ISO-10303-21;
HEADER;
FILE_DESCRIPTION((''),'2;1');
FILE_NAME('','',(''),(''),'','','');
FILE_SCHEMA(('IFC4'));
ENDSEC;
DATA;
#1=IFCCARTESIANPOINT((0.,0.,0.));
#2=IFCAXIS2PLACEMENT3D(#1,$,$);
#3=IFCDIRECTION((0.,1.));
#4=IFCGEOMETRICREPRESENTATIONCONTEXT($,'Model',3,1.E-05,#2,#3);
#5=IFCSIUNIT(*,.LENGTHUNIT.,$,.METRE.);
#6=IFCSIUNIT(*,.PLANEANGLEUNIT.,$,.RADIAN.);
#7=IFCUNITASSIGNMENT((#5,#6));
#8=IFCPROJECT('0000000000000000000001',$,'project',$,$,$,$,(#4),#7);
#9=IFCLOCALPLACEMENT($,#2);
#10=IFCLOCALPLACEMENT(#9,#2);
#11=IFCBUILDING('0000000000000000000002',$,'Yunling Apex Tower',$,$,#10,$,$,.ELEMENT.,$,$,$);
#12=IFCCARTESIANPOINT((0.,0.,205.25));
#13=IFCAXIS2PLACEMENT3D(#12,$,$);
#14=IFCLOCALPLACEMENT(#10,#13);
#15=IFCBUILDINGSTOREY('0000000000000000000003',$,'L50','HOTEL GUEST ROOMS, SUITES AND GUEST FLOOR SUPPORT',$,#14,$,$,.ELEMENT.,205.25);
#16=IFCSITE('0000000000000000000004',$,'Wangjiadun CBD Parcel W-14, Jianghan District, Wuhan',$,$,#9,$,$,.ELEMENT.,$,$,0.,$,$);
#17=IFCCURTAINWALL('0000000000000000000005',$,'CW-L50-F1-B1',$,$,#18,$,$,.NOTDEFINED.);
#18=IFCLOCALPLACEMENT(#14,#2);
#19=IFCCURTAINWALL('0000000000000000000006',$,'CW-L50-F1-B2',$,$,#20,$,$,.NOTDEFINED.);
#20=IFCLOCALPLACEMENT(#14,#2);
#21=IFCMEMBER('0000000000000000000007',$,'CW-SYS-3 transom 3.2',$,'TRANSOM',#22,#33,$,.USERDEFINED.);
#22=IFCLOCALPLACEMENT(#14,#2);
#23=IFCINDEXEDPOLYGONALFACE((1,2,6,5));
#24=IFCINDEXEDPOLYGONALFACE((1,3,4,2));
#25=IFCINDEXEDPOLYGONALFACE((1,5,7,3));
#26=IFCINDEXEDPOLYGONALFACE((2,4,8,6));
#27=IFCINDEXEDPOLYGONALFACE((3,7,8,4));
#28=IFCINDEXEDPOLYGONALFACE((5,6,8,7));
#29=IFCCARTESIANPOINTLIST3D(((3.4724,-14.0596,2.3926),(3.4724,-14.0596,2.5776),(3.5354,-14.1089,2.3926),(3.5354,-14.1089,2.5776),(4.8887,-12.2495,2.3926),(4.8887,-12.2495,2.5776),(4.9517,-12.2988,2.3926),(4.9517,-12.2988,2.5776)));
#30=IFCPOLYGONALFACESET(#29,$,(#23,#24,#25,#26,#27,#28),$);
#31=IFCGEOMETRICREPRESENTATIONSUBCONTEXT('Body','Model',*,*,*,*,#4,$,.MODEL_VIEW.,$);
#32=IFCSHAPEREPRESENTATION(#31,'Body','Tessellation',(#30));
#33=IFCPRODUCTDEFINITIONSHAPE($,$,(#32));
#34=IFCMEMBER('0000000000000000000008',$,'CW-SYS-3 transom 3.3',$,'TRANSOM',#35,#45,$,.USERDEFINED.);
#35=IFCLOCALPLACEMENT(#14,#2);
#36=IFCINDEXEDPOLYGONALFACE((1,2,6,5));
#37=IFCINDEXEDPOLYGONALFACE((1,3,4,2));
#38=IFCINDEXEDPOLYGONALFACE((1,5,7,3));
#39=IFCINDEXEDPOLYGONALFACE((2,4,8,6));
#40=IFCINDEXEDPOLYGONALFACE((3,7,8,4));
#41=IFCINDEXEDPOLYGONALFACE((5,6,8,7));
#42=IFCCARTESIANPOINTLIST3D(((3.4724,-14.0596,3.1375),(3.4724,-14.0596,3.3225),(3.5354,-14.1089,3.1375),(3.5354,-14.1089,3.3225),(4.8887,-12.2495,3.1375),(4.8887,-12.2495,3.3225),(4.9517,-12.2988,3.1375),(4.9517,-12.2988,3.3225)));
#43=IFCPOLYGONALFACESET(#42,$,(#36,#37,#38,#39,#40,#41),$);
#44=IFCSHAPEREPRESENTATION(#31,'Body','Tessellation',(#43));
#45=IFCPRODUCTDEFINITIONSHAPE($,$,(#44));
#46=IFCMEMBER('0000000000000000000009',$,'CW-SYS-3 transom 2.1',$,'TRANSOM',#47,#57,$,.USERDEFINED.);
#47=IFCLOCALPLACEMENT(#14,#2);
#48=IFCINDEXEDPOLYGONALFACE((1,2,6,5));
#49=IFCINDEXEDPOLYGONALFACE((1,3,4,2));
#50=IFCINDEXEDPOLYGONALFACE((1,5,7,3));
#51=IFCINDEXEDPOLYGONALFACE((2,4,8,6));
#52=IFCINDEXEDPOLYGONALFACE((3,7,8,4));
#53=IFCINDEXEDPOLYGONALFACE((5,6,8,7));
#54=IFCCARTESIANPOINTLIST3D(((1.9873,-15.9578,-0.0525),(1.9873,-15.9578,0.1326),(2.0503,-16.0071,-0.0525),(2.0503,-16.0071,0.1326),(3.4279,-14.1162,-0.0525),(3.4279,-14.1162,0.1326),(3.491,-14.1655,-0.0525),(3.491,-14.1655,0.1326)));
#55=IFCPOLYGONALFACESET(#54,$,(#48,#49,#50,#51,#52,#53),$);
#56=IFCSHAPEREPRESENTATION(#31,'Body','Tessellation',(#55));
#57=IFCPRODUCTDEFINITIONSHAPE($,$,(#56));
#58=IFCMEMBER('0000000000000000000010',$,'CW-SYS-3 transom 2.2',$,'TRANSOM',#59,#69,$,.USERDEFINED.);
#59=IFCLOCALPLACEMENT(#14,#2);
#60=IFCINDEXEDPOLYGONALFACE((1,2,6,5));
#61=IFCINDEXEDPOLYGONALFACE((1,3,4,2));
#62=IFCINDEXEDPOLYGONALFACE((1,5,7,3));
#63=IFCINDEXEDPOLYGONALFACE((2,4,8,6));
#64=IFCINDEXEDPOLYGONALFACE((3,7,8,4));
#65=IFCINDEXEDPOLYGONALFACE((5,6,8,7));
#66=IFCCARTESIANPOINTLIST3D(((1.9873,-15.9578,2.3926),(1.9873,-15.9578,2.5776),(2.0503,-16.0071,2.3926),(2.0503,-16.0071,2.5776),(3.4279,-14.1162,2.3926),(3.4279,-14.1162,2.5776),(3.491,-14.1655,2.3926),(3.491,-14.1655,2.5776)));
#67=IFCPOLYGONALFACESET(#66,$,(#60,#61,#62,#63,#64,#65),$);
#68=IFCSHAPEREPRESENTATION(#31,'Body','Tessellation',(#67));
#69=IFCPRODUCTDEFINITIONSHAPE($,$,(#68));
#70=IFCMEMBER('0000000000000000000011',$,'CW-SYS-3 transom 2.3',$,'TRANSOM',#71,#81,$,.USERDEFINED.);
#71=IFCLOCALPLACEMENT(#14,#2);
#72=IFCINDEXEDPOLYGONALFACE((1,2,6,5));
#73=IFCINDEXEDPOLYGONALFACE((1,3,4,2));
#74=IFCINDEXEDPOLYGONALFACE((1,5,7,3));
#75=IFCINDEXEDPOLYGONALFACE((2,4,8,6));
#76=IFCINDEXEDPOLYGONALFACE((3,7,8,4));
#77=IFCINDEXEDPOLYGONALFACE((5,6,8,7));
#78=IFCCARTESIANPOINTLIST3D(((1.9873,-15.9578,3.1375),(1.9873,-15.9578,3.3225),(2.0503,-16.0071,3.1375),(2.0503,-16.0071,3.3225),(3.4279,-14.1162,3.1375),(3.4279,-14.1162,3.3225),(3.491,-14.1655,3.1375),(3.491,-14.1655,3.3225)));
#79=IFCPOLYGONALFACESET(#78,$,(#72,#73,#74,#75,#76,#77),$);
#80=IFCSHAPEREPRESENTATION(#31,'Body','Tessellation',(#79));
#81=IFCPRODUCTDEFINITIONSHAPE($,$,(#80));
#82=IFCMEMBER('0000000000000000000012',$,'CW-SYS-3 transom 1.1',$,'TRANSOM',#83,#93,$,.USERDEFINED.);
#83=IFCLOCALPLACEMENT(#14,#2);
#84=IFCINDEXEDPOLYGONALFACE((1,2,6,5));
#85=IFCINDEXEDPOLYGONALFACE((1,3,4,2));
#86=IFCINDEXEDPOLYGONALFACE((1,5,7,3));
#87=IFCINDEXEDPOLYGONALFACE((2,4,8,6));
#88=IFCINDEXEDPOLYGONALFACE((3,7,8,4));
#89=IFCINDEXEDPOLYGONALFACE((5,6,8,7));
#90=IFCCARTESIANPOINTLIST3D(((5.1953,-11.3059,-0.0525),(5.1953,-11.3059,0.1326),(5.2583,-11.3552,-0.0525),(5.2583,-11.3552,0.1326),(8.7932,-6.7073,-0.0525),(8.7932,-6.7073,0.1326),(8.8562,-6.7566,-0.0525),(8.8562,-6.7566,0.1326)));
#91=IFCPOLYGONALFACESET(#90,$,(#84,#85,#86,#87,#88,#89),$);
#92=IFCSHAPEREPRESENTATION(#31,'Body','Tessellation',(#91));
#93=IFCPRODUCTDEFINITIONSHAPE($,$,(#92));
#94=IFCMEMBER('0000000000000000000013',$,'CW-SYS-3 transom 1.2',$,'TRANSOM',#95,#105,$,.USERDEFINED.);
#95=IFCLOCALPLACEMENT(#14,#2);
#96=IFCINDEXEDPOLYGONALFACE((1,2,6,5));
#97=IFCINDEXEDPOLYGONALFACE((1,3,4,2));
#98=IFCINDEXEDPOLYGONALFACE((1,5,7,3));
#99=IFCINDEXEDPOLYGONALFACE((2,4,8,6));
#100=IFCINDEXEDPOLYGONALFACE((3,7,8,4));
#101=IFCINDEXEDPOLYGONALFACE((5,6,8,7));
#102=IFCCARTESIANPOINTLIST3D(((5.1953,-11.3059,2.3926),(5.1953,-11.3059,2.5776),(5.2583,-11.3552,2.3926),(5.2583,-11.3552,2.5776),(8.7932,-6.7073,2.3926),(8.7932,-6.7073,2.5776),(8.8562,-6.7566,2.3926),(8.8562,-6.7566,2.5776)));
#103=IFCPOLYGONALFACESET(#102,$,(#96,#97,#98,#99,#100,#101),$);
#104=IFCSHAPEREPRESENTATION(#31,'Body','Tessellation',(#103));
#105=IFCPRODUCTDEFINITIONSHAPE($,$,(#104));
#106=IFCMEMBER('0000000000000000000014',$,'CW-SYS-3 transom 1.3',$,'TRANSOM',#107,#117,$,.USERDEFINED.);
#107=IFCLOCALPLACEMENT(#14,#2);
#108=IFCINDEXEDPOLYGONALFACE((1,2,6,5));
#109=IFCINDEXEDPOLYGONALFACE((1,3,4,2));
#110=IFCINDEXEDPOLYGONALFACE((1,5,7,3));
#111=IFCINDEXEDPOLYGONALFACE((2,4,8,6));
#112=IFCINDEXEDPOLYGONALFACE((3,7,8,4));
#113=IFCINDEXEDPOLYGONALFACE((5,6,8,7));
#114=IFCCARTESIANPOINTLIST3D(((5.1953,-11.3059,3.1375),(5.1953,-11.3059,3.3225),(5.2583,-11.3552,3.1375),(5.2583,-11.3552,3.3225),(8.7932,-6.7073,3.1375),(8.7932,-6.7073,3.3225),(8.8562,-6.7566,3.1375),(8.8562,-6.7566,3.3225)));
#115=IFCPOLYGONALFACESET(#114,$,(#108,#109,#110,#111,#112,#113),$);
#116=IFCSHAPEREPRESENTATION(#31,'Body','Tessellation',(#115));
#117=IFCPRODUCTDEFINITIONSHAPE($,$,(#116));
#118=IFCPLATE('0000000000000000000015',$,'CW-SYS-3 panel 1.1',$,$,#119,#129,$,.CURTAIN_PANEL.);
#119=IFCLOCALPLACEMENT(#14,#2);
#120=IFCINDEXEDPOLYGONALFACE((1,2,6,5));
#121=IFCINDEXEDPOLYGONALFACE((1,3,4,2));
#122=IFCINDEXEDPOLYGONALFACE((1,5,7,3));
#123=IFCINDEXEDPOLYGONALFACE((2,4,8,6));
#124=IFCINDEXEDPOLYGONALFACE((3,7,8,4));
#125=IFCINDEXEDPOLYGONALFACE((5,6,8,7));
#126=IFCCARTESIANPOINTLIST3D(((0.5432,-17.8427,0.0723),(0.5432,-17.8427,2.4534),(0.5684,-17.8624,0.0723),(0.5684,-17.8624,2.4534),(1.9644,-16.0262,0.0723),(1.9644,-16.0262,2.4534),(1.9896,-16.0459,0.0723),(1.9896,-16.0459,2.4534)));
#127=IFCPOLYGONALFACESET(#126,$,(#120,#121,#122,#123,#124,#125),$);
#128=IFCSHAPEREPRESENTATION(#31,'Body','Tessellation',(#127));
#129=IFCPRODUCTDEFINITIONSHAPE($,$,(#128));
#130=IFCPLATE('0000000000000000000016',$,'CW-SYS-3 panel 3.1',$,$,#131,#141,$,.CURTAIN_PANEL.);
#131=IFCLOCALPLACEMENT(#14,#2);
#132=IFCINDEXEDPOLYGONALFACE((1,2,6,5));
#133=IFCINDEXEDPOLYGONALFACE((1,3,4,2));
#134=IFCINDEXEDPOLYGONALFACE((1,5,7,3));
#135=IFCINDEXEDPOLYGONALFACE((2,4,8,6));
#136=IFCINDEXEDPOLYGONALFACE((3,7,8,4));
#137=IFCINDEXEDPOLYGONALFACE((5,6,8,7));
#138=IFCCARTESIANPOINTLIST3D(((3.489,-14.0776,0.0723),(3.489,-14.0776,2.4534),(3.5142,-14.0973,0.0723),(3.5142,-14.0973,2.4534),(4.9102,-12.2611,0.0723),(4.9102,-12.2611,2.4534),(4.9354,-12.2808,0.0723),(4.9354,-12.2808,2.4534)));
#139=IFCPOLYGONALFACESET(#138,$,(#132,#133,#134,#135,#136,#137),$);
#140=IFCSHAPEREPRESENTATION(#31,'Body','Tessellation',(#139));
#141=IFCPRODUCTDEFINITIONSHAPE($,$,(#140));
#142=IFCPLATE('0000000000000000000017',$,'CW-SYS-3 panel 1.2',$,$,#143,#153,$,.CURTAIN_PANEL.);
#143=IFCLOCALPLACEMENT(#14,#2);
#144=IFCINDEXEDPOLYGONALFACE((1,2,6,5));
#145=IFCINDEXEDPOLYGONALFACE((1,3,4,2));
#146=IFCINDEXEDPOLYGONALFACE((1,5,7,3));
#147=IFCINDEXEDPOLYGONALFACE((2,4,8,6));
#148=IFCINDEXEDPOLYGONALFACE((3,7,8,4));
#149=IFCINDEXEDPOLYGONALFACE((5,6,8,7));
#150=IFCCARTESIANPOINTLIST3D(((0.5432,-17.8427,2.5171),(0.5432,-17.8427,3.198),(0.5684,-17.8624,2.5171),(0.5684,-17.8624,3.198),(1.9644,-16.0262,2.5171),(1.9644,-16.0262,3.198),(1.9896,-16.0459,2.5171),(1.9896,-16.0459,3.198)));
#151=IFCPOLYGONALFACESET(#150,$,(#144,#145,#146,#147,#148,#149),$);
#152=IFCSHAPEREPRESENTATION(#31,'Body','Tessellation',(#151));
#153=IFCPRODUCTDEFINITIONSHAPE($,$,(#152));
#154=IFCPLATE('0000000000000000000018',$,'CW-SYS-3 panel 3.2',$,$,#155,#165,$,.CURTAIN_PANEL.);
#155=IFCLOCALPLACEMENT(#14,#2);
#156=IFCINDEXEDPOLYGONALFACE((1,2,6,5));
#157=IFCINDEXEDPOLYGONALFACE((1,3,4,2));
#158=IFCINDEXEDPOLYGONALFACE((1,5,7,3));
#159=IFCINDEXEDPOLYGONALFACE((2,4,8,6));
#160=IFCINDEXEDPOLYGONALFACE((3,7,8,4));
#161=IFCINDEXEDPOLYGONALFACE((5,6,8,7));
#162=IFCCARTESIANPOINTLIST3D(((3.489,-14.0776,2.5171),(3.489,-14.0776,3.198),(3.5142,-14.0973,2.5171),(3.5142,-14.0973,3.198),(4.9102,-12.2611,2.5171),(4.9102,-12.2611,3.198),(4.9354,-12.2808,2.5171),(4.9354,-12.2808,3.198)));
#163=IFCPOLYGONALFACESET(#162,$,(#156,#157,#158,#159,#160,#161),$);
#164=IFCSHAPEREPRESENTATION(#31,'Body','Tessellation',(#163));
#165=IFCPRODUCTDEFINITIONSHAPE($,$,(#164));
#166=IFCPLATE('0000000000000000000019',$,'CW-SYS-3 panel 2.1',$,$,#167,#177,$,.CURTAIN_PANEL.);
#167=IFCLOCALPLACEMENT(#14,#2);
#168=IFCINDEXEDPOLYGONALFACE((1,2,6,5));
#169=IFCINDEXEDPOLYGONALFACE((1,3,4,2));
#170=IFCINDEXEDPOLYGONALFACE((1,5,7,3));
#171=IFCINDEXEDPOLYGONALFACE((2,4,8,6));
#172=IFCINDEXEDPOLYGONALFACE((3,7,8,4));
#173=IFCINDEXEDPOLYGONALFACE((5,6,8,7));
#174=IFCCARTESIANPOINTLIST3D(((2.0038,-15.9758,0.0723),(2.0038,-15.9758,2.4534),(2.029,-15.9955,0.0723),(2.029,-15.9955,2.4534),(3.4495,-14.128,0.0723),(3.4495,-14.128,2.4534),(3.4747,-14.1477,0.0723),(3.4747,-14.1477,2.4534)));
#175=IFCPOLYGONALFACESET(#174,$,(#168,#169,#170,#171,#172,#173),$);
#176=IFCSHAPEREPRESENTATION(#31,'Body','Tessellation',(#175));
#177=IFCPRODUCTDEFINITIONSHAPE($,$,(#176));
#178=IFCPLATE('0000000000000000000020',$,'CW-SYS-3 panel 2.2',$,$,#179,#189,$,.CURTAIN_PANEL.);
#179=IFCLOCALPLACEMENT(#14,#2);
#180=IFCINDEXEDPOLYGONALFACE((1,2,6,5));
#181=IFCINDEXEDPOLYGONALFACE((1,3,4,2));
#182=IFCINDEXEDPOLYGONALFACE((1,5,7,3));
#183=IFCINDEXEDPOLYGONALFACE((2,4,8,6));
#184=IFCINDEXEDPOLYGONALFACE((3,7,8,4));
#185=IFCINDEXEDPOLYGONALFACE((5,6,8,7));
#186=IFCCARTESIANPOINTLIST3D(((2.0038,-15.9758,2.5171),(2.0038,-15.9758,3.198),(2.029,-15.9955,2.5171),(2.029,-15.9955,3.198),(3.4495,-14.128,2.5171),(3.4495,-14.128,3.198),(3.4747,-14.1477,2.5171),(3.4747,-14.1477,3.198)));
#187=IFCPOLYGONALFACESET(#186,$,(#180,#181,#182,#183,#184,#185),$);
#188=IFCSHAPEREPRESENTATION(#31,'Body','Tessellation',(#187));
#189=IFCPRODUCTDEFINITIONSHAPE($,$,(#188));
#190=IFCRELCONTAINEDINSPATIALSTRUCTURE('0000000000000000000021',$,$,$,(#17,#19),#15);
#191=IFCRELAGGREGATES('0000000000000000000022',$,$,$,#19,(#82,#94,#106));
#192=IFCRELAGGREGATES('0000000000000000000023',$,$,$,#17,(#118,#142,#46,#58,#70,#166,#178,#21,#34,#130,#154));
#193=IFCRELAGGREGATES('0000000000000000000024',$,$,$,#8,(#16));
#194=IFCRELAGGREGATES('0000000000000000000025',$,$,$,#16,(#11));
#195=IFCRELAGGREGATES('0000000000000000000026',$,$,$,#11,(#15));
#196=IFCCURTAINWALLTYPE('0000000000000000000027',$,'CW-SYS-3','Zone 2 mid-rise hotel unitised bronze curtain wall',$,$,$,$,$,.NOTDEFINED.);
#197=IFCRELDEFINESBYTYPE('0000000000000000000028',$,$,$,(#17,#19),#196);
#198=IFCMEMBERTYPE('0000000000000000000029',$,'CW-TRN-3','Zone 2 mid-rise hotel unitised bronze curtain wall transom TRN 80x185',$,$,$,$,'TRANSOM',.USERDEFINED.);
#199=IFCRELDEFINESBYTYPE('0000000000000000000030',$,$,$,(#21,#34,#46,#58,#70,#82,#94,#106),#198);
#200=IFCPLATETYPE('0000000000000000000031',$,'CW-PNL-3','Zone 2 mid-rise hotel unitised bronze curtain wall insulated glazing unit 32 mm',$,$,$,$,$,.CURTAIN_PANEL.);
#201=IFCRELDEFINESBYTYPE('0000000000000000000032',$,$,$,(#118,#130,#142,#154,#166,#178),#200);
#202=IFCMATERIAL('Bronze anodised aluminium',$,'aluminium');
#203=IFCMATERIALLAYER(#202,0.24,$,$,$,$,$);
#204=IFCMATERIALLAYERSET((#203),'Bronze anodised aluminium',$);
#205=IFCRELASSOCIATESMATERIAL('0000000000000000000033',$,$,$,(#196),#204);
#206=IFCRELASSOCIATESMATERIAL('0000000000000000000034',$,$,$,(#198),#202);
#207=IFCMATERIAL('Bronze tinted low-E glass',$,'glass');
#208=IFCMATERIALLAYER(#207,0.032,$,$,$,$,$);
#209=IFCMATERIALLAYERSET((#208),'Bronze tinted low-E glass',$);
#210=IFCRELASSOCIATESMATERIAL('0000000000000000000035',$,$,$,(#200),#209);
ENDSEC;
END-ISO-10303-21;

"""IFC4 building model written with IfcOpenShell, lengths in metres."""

from ifc_helpers import new_model, si_unit, direction, frame, origin, origin_2d, place, context, subcontext, project, spatial, rectangle, extrude, source, transform, mapped, material, layer, layer_set, material_profile, profile_set, type_object, element, aggregate, save


model = new_model("IFC4")

# Units and contexts
model_context = context("Model", 3, precision=1e-05, world=origin(), true_north=direction((0.0, 1.0)))
body_context = subcontext(model_context, "Body", "Model", "MODEL_VIEW")
ifc_project = project(units=[si_unit("LENGTHUNIT", "METRE"), si_unit("PLANEANGLEUNIT", "RADIAN")], contexts=[model_context])

# Site, building, storey
site_placement = place(None, origin())
site = spatial("IfcSite", under=ifc_project, at=site_placement, Name="Wangjiadun CBD Parcel W-14, Jianghan District, Wuhan", CompositionType="ELEMENT", RefElevation=0.0)
building_placement = place(site_placement, origin())
building = spatial("IfcBuilding", under=site, at=building_placement, Name="Yunling Apex Tower", CompositionType="ELEMENT")
storey_placement = place(building_placement, frame((0.0, 0.0, 205.25)))
storey = spatial("IfcBuildingStorey", under=building, at=storey_placement, Name="L50", Description="HOTEL GUEST ROOMS, SUITES AND GUEST FLOOR SUPPORT", CompositionType="ELEMENT", Elevation=205.25)

# Curtain wall
ifc_material_1 = material(Name="Bronze anodised aluminium", Category="aluminium")
ifc_layer_1 = layer(ifc_material_1, 0.24)
ifc_layer_set_1 = layer_set([ifc_layer_1], Name="Bronze anodised aluminium")
curtain_wall_type = type_object("IfcCurtainWallType", Name="CW-SYS-3", Description="Zone 2 mid-rise hotel unitised bronze curtain wall", PredefinedType="NOTDEFINED", material=ifc_layer_set_1)
curtain_wall_1_placement = place(storey_placement, origin())
curtain_wall_1 = element("IfcCurtainWall", 1, at=curtain_wall_1_placement, inside=storey, type_object=curtain_wall_type, Name="CW-L50-F1-B1", PredefinedType="NOTDEFINED")

# Curtain wall
curtain_wall_2_placement = place(storey_placement, origin())
curtain_wall_2 = element("IfcCurtainWall", 2, at=curtain_wall_2_placement, inside=storey, type_object=curtain_wall_type, Name="CW-L50-F1-B2", PredefinedType="NOTDEFINED")

# Members
ifc_material_profile_1 = material_profile(ifc_material_1, rectangle(XDim=0.0801, YDim=0.1851, at=origin_2d()))
ifc_profile_set_1 = profile_set([ifc_material_profile_1], Name="Bronze anodised aluminium")
member_type_1 = type_object("IfcMemberType", Name="CW-TRN-3", Description="Zone 2 mid-rise hotel unitised bronze curtain wall transom TRN 80x185", ElementType="TRANSOM", PredefinedType="USERDEFINED", material=ifc_profile_set_1)
shared_shape_1 = source(origin(), body_context, "Body", "SweptSolid", [
    extrude(rectangle(XDim=0.0801, YDim=0.1851, at=origin_2d()), origin(), (0.0, 0.0, 1.0), 2.2983),
])
member_1_placement = place(storey_placement, frame((3.5039, -14.0842, 2.4851), z_axis=(0.616225, 0.78757, 0.0), x_axis=(-0.78757, 0.616225, 0.0)))
member_1 = element("IfcMember", 3, at=member_1_placement, type_object=member_type_1, Name="CW-SYS-3 transom 3.2", ObjectType="TRANSOM", PredefinedType="USERDEFINED", context=body_context, shape_type="MappedRepresentation", body=[
    mapped(shared_shape_1, transform((0.0, 0.0, 0.0), scale=1.0)),
])
member_2_placement = place(storey_placement, frame((3.5039, -14.0842, 3.23), z_axis=(0.616225, 0.78757, 0.0), x_axis=(-0.78757, 0.616225, 0.0)))
member_2 = element("IfcMember", 4, at=member_2_placement, type_object=member_type_1, Name="CW-SYS-3 transom 3.3", ObjectType="TRANSOM", PredefinedType="USERDEFINED", context=body_context, shape_type="MappedRepresentation", body=[
    mapped(shared_shape_1, transform((0.0, 0.0, 0.0), scale=1.0)),
])
shared_shape_2 = source(origin(), body_context, "Body", "SweptSolid", [
    extrude(rectangle(XDim=0.0801, YDim=0.1851, at=origin_2d()), origin(), (0.0, 0.0, 1.0), 2.3381),
])
member_3_placement = place(storey_placement, frame((2.0188, -15.9824, 0.04), z_axis=(0.616165, 0.787617, 0.0), x_axis=(-0.787617, 0.616165, 0.0)))
member_3 = element("IfcMember", 5, at=member_3_placement, type_object=member_type_1, Name="CW-SYS-3 transom 2.1", ObjectType="TRANSOM", PredefinedType="USERDEFINED", context=body_context, shape_type="MappedRepresentation", body=[
    mapped(shared_shape_2, transform((0.0, 0.0, 0.0), scale=1.0)),
])
member_4_placement = place(storey_placement, frame((2.0188, -15.9824, 2.4851), z_axis=(0.616165, 0.787617, 0.0), x_axis=(-0.787617, 0.616165, 0.0)))
member_4 = element("IfcMember", 6, at=member_4_placement, type_object=member_type_1, Name="CW-SYS-3 transom 2.2", ObjectType="TRANSOM", PredefinedType="USERDEFINED", context=body_context, shape_type="MappedRepresentation", body=[
    mapped(shared_shape_2, transform((0.0, 0.0, 0.0), scale=1.0)),
])
member_5_placement = place(storey_placement, frame((2.0188, -15.9824, 3.23), z_axis=(0.616165, 0.787617, 0.0), x_axis=(-0.787617, 0.616165, 0.0)))
member_5 = element("IfcMember", 7, at=member_5_placement, type_object=member_type_1, Name="CW-SYS-3 transom 2.3", ObjectType="TRANSOM", PredefinedType="USERDEFINED", context=body_context, shape_type="MappedRepresentation", body=[
    mapped(shared_shape_2, transform((0.0, 0.0, 0.0), scale=1.0)),
])
shared_shape_3 = source(origin(), body_context, "Body", "SweptSolid", [
    extrude(rectangle(XDim=0.0801, YDim=0.1851, at=origin_2d()), origin(), (0.0, 0.0, 1.0), 5.8389),
])
member_6_placement = place(storey_placement, frame((5.2268, -11.3306, 0.04), z_axis=(0.616199, 0.787591, 0.0), x_axis=(-0.787591, 0.616199, 0.0)))
member_6 = element("IfcMember", 8, at=member_6_placement, type_object=member_type_1, Name="CW-SYS-3 transom 1.1", ObjectType="TRANSOM", PredefinedType="USERDEFINED", context=body_context, shape_type="MappedRepresentation", body=[
    mapped(shared_shape_3, transform((0.0, 0.0, 0.0), scale=1.0)),
])
member_7_placement = place(storey_placement, frame((5.2268, -11.3306, 2.4851), z_axis=(0.616199, 0.787591, 0.0), x_axis=(-0.787591, 0.616199, 0.0)))
member_7 = element("IfcMember", 9, at=member_7_placement, type_object=member_type_1, Name="CW-SYS-3 transom 1.2", ObjectType="TRANSOM", PredefinedType="USERDEFINED", context=body_context, shape_type="MappedRepresentation", body=[
    mapped(shared_shape_3, transform((0.0, 0.0, 0.0), scale=1.0)),
])
member_8_placement = place(storey_placement, frame((5.2268, -11.3306, 3.23), z_axis=(0.616199, 0.787591, 0.0), x_axis=(-0.787591, 0.616199, 0.0)))
member_8 = element("IfcMember", 10, at=member_8_placement, type_object=member_type_1, Name="CW-SYS-3 transom 1.3", ObjectType="TRANSOM", PredefinedType="USERDEFINED", context=body_context, shape_type="MappedRepresentation", body=[
    mapped(shared_shape_3, transform((0.0, 0.0, 0.0), scale=1.0)),
])
aggregate(curtain_wall_2, [member_6, member_7, member_8])

# Plates
ifc_material_2 = material(Name="Bronze tinted low-E glass", Category="glass")
ifc_layer_2 = layer(ifc_material_2, 0.032)
ifc_layer_set_2 = layer_set([ifc_layer_2], Name="Bronze tinted low-E glass")
plate_type = type_object("IfcPlateType", Name="CW-PNL-3", Description="Zone 2 mid-rise hotel unitised bronze curtain wall insulated glazing unit 32 mm", PredefinedType="CURTAIN_PANEL", material=ifc_layer_set_2)
shared_shape_4 = source(origin(), body_context, "Body", "SweptSolid", [
    extrude(rectangle(XDim=2.3064, YDim=0.032, at=origin_2d()), origin(), (0.0, 0.0, 1.0), 2.3811),
])
plate_1_placement = place(storey_placement, frame((1.2664, -16.9443, 0.0723), z_axis=(0.0, 0.0, 1.0), x_axis=(0.6162, 0.787589, 0.0)))
plate_1 = element("IfcPlate", 11, at=plate_1_placement, type_object=plate_type, Name="CW-SYS-3 panel 1.1", PredefinedType="CURTAIN_PANEL", context=body_context, shape_type="MappedRepresentation", body=[
    mapped(shared_shape_4, transform((0.0, 0.0, 0.0), scale=1.0)),
])
plate_2_placement = place(storey_placement, frame((4.2122, -13.1792, 0.0723), z_axis=(0.0, 0.0, 1.0), x_axis=(0.6162, 0.787589, 0.0)))
plate_2 = element("IfcPlate", 12, at=plate_2_placement, type_object=plate_type, Name="CW-SYS-3 panel 3.1", PredefinedType="CURTAIN_PANEL", context=body_context, shape_type="MappedRepresentation", body=[
    mapped(shared_shape_4, transform((0.0, 0.0, 0.0), scale=1.0)),
])
shared_shape_5 = source(origin(), body_context, "Body", "SweptSolid", [
    extrude(rectangle(XDim=2.3064, YDim=0.032, at=origin_2d()), origin(), (0.0, 0.0, 1.0), 0.6809),
])
plate_3_placement = place(storey_placement, frame((1.2664, -16.9443, 2.5171), z_axis=(0.0, 0.0, 1.0), x_axis=(0.6162, 0.787589, 0.0)))
plate_3 = element("IfcPlate", 13, at=plate_3_placement, type_object=plate_type, Name="CW-SYS-3 panel 1.2", PredefinedType="CURTAIN_PANEL", context=body_context, shape_type="MappedRepresentation", body=[
    mapped(shared_shape_5, transform((0.0, 0.0, 0.0), scale=1.0)),
])
plate_4_placement = place(storey_placement, frame((4.2122, -13.1792, 2.5171), z_axis=(0.0, 0.0, 1.0), x_axis=(0.6162, 0.787589, 0.0)))
plate_4 = element("IfcPlate", 14, at=plate_4_placement, type_object=plate_type, Name="CW-SYS-3 panel 3.2", PredefinedType="CURTAIN_PANEL", context=body_context, shape_type="MappedRepresentation", body=[
    mapped(shared_shape_5, transform((0.0, 0.0, 0.0), scale=1.0)),
])
shared_shape_6 = source(origin(), body_context, "Body", "SweptSolid", [
    extrude(rectangle(XDim=2.3462, YDim=0.032, at=origin_2d()), origin(), (0.0, 0.0, 1.0), 2.3811),
])
plate_5_placement = place(storey_placement, frame((2.7393, -15.0618, 0.0723), z_axis=(0.0, 0.0, 1.0), x_axis=(0.6162, 0.787589, 0.0)))
plate_5 = element("IfcPlate", 15, at=plate_5_placement, type_object=plate_type, Name="CW-SYS-3 panel 2.1", PredefinedType="CURTAIN_PANEL", context=body_context, shape_type="MappedRepresentation", body=[
    mapped(shared_shape_6, transform((0.0, 0.0, 0.0), scale=1.0)),
])
shared_shape_7 = source(origin(), body_context, "Body", "SweptSolid", [
    extrude(rectangle(XDim=2.3462, YDim=0.032, at=origin_2d()), origin(), (0.0, 0.0, 1.0), 0.6809),
])
plate_6_placement = place(storey_placement, frame((2.7393, -15.0618, 2.5171), z_axis=(0.0, 0.0, 1.0), x_axis=(0.6162, 0.787589, 0.0)))
plate_6 = element("IfcPlate", 16, at=plate_6_placement, type_object=plate_type, Name="CW-SYS-3 panel 2.2", PredefinedType="CURTAIN_PANEL", context=body_context, shape_type="MappedRepresentation", body=[
    mapped(shared_shape_7, transform((0.0, 0.0, 0.0), scale=1.0)),
])
aggregate(curtain_wall_1, [plate_1, plate_3, member_3, member_4, member_5, plate_5, plate_6, member_1, member_2, plate_2, plate_4])

save(model, "model.ifc")
